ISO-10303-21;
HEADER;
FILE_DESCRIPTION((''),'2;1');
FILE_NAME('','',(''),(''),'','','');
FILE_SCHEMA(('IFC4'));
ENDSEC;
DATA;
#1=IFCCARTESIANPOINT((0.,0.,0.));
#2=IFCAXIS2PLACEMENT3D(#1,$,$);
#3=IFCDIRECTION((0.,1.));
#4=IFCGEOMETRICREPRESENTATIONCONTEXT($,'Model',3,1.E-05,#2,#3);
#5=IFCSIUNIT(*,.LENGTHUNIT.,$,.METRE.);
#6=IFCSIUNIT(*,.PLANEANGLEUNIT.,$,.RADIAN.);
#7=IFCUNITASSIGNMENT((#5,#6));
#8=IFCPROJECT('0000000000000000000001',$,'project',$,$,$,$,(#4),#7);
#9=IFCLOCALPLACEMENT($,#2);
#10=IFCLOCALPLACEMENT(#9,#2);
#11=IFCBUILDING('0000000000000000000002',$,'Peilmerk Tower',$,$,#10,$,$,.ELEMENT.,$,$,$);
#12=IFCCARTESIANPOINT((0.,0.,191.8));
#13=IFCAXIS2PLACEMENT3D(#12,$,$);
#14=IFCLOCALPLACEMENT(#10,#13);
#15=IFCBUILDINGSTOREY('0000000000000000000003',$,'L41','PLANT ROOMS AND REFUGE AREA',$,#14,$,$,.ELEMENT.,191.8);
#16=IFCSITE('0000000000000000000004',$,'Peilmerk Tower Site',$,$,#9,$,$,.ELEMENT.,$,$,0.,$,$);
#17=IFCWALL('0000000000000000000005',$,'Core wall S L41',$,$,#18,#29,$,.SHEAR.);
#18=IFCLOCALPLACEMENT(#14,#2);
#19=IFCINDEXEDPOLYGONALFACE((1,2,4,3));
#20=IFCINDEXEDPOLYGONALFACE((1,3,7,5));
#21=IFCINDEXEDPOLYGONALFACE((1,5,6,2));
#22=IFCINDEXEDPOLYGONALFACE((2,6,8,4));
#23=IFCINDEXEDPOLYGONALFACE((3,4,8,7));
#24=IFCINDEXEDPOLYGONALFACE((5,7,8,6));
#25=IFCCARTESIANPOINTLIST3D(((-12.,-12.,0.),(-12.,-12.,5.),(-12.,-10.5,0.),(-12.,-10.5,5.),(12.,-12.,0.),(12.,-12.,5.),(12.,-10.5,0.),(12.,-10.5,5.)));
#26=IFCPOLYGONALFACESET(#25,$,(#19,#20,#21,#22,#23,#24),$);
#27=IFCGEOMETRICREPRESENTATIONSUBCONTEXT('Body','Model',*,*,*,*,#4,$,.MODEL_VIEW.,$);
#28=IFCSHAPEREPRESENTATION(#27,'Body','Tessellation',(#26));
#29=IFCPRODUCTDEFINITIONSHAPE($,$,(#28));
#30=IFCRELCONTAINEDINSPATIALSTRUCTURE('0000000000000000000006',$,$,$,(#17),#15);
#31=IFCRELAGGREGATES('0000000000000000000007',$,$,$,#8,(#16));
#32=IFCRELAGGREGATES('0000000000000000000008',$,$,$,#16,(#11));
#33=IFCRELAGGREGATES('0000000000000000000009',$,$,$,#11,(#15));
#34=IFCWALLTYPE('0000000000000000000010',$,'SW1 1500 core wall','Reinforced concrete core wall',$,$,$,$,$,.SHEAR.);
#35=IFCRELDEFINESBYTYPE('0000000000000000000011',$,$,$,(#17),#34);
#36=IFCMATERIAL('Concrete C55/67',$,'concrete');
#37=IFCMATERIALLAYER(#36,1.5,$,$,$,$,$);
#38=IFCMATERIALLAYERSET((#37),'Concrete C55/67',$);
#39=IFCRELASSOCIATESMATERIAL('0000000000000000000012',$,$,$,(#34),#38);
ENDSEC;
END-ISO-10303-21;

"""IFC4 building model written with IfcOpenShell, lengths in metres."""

from ifc_helpers import new_model, si_unit, direction, frame, frame_2d, origin, place, context, subcontext, project, spatial, rectangle, extrude, material, layer, layer_set, type_object, element, save


model = new_model("IFC4")

# Units and contexts
model_context = context("Model", 3, precision=1e-05, world=origin(), true_north=direction((0.0, 1.0)))
body_context = subcontext(model_context, "Body", "Model", "MODEL_VIEW")
ifc_project = project(units=[si_unit("LENGTHUNIT", "METRE"), si_unit("PLANEANGLEUNIT", "RADIAN")], contexts=[model_context])

# Site, building, storey
site_placement = place(None, origin())
site = spatial("IfcSite", under=ifc_project, at=site_placement, Name="Peilmerk Tower Site", CompositionType="ELEMENT", RefElevation=0.0)
building_placement = place(site_placement, origin())
building = spatial("IfcBuilding", under=site, at=building_placement, Name="Peilmerk Tower", CompositionType="ELEMENT")
storey_placement = place(building_placement, frame((0.0, 0.0, 191.8)))
storey = spatial("IfcBuildingStorey", under=building, at=storey_placement, Name="L41", Description="PLANT ROOMS AND REFUGE AREA", CompositionType="ELEMENT", Elevation=191.8)

# Wall
ifc_material_1 = material(Name="Concrete C55/67", Category="concrete")
ifc_layer_1 = layer(ifc_material_1, 1.5)
ifc_layer_set_1 = layer_set([ifc_layer_1], Name="Concrete C55/67")
wall_type_1 = type_object("IfcWallType", Name="SW1 1500 core wall", Description="Reinforced concrete core wall", PredefinedType="SHEAR", material=ifc_layer_set_1)
wall_1_placement = place(storey_placement, frame((12.0, -11.25, 0.0), z_axis=(0.0, 0.0, 1.0), x_axis=(-1.0, 0.0, 0.0)))
element("IfcWall", 1, at=wall_1_placement, inside=storey, type_object=wall_type_1, Name="Core wall S L41", PredefinedType="SHEAR", context=body_context, shape_type="SweptSolid", body=[
    extrude(rectangle(XDim=24.0, YDim=1.5, at=frame_2d((12.0, 0.0))), origin(), (0.0, 0.0, 1.0), 5.0),
])

save(model, "model.ifc")
